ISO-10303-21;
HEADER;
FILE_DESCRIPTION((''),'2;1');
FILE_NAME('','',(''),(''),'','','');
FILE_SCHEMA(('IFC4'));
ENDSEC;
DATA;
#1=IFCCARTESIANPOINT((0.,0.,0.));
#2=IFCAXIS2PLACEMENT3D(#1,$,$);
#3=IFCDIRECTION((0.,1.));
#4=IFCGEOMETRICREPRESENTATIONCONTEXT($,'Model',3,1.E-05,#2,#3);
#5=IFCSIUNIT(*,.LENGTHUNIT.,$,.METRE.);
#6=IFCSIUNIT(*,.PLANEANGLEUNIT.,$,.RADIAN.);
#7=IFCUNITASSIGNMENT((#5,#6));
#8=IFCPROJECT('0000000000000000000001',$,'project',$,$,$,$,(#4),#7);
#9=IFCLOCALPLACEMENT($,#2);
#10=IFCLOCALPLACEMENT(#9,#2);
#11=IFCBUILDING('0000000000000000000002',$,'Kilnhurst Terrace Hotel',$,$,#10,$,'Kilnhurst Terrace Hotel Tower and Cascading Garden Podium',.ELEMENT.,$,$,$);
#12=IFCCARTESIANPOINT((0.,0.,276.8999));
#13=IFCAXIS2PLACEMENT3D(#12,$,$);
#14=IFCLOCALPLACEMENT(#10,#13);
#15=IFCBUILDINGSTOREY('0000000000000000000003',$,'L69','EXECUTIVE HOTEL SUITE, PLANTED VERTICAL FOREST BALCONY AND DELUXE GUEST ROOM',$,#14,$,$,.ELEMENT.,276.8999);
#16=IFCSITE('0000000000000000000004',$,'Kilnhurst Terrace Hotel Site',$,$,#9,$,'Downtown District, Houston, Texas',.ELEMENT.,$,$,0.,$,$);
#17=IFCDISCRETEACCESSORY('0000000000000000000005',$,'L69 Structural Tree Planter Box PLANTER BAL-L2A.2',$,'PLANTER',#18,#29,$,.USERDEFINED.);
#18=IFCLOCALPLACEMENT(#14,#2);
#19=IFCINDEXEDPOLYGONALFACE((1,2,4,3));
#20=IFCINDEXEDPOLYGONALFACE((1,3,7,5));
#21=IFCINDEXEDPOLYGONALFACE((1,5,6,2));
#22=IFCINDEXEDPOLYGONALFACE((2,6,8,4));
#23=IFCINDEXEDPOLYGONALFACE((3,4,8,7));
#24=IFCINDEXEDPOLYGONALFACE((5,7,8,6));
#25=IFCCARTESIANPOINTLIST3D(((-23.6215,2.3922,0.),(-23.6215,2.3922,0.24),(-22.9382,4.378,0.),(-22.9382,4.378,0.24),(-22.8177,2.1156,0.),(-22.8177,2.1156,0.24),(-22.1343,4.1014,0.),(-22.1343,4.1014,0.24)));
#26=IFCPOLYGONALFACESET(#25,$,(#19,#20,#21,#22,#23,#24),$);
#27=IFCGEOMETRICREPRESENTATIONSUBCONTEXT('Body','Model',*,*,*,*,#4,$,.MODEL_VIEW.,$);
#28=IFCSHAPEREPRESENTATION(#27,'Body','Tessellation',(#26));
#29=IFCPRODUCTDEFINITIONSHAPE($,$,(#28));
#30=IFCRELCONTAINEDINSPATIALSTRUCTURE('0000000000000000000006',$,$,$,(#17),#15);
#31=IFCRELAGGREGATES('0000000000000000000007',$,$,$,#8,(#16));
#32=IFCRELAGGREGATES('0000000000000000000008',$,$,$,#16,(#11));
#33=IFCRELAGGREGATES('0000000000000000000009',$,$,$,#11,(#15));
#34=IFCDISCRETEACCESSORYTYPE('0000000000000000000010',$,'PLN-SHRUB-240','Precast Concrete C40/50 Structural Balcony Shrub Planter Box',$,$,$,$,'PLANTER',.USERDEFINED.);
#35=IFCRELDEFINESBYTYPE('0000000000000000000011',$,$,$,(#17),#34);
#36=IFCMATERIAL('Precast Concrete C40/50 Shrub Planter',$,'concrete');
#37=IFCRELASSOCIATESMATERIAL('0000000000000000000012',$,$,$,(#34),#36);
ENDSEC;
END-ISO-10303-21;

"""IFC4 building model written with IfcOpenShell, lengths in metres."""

from ifc_helpers import new_model, si_unit, direction, frame, origin, origin_2d, place, context, subcontext, project, spatial, rectangle, extrude, material, type_object, element, save


model = new_model("IFC4")

# Units and contexts
model_context = context("Model", 3, precision=1e-05, world=origin(), true_north=direction((0.0, 1.0)))
body_context = subcontext(model_context, "Body", "Model", "MODEL_VIEW")
ifc_project = project(units=[si_unit("LENGTHUNIT", "METRE"), si_unit("PLANEANGLEUNIT", "RADIAN")], contexts=[model_context])

# Site, building, storey
site_placement = place(None, origin())
site = spatial("IfcSite", under=ifc_project, at=site_placement, Name="Kilnhurst Terrace Hotel Site", LongName="Downtown District, Houston, Texas", CompositionType="ELEMENT", RefElevation=0.0)
building_placement = place(site_placement, origin())
building = spatial("IfcBuilding", under=site, at=building_placement, Name="Kilnhurst Terrace Hotel", LongName="Kilnhurst Terrace Hotel Tower and Cascading Garden Podium", CompositionType="ELEMENT")
storey_placement = place(building_placement, frame((0.0, 0.0, 276.8999)))
storey = spatial("IfcBuildingStorey", under=building, at=storey_placement, Name="L69", Description="EXECUTIVE HOTEL SUITE, PLANTED VERTICAL FOREST BALCONY AND DELUXE GUEST ROOM", CompositionType="ELEMENT", Elevation=276.8999)

# Discrete accessory
ifc_material_1 = material(Name="Precast Concrete C40/50 Shrub Planter", Category="concrete")
discrete_accessory_type = type_object("IfcDiscreteAccessoryType", Name="PLN-SHRUB-240", Description="Precast Concrete C40/50 Structural Balcony Shrub Planter Box", ElementType="PLANTER", PredefinedType="USERDEFINED", material=ifc_material_1)
discrete_accessory_placement = place(storey_placement, frame((-22.8779, 3.2468, 0.0), z_axis=(0.0, 0.0, 1.0), x_axis=(-0.325403, -0.945575, 0.0)))
element("IfcDiscreteAccessory", 1, at=discrete_accessory_placement, inside=storey, type_object=discrete_accessory_type, Name="L69 Structural Tree Planter Box PLANTER BAL-L2A.2", ObjectType="PLANTER", PredefinedType="USERDEFINED", context=body_context, shape_type="SweptSolid", body=[
    extrude(rectangle(XDim=2.1001, YDim=0.8501, at=origin_2d()), origin(), (0.0, 0.0, 1.0), 0.24),
])

save(model, "model.ifc")
